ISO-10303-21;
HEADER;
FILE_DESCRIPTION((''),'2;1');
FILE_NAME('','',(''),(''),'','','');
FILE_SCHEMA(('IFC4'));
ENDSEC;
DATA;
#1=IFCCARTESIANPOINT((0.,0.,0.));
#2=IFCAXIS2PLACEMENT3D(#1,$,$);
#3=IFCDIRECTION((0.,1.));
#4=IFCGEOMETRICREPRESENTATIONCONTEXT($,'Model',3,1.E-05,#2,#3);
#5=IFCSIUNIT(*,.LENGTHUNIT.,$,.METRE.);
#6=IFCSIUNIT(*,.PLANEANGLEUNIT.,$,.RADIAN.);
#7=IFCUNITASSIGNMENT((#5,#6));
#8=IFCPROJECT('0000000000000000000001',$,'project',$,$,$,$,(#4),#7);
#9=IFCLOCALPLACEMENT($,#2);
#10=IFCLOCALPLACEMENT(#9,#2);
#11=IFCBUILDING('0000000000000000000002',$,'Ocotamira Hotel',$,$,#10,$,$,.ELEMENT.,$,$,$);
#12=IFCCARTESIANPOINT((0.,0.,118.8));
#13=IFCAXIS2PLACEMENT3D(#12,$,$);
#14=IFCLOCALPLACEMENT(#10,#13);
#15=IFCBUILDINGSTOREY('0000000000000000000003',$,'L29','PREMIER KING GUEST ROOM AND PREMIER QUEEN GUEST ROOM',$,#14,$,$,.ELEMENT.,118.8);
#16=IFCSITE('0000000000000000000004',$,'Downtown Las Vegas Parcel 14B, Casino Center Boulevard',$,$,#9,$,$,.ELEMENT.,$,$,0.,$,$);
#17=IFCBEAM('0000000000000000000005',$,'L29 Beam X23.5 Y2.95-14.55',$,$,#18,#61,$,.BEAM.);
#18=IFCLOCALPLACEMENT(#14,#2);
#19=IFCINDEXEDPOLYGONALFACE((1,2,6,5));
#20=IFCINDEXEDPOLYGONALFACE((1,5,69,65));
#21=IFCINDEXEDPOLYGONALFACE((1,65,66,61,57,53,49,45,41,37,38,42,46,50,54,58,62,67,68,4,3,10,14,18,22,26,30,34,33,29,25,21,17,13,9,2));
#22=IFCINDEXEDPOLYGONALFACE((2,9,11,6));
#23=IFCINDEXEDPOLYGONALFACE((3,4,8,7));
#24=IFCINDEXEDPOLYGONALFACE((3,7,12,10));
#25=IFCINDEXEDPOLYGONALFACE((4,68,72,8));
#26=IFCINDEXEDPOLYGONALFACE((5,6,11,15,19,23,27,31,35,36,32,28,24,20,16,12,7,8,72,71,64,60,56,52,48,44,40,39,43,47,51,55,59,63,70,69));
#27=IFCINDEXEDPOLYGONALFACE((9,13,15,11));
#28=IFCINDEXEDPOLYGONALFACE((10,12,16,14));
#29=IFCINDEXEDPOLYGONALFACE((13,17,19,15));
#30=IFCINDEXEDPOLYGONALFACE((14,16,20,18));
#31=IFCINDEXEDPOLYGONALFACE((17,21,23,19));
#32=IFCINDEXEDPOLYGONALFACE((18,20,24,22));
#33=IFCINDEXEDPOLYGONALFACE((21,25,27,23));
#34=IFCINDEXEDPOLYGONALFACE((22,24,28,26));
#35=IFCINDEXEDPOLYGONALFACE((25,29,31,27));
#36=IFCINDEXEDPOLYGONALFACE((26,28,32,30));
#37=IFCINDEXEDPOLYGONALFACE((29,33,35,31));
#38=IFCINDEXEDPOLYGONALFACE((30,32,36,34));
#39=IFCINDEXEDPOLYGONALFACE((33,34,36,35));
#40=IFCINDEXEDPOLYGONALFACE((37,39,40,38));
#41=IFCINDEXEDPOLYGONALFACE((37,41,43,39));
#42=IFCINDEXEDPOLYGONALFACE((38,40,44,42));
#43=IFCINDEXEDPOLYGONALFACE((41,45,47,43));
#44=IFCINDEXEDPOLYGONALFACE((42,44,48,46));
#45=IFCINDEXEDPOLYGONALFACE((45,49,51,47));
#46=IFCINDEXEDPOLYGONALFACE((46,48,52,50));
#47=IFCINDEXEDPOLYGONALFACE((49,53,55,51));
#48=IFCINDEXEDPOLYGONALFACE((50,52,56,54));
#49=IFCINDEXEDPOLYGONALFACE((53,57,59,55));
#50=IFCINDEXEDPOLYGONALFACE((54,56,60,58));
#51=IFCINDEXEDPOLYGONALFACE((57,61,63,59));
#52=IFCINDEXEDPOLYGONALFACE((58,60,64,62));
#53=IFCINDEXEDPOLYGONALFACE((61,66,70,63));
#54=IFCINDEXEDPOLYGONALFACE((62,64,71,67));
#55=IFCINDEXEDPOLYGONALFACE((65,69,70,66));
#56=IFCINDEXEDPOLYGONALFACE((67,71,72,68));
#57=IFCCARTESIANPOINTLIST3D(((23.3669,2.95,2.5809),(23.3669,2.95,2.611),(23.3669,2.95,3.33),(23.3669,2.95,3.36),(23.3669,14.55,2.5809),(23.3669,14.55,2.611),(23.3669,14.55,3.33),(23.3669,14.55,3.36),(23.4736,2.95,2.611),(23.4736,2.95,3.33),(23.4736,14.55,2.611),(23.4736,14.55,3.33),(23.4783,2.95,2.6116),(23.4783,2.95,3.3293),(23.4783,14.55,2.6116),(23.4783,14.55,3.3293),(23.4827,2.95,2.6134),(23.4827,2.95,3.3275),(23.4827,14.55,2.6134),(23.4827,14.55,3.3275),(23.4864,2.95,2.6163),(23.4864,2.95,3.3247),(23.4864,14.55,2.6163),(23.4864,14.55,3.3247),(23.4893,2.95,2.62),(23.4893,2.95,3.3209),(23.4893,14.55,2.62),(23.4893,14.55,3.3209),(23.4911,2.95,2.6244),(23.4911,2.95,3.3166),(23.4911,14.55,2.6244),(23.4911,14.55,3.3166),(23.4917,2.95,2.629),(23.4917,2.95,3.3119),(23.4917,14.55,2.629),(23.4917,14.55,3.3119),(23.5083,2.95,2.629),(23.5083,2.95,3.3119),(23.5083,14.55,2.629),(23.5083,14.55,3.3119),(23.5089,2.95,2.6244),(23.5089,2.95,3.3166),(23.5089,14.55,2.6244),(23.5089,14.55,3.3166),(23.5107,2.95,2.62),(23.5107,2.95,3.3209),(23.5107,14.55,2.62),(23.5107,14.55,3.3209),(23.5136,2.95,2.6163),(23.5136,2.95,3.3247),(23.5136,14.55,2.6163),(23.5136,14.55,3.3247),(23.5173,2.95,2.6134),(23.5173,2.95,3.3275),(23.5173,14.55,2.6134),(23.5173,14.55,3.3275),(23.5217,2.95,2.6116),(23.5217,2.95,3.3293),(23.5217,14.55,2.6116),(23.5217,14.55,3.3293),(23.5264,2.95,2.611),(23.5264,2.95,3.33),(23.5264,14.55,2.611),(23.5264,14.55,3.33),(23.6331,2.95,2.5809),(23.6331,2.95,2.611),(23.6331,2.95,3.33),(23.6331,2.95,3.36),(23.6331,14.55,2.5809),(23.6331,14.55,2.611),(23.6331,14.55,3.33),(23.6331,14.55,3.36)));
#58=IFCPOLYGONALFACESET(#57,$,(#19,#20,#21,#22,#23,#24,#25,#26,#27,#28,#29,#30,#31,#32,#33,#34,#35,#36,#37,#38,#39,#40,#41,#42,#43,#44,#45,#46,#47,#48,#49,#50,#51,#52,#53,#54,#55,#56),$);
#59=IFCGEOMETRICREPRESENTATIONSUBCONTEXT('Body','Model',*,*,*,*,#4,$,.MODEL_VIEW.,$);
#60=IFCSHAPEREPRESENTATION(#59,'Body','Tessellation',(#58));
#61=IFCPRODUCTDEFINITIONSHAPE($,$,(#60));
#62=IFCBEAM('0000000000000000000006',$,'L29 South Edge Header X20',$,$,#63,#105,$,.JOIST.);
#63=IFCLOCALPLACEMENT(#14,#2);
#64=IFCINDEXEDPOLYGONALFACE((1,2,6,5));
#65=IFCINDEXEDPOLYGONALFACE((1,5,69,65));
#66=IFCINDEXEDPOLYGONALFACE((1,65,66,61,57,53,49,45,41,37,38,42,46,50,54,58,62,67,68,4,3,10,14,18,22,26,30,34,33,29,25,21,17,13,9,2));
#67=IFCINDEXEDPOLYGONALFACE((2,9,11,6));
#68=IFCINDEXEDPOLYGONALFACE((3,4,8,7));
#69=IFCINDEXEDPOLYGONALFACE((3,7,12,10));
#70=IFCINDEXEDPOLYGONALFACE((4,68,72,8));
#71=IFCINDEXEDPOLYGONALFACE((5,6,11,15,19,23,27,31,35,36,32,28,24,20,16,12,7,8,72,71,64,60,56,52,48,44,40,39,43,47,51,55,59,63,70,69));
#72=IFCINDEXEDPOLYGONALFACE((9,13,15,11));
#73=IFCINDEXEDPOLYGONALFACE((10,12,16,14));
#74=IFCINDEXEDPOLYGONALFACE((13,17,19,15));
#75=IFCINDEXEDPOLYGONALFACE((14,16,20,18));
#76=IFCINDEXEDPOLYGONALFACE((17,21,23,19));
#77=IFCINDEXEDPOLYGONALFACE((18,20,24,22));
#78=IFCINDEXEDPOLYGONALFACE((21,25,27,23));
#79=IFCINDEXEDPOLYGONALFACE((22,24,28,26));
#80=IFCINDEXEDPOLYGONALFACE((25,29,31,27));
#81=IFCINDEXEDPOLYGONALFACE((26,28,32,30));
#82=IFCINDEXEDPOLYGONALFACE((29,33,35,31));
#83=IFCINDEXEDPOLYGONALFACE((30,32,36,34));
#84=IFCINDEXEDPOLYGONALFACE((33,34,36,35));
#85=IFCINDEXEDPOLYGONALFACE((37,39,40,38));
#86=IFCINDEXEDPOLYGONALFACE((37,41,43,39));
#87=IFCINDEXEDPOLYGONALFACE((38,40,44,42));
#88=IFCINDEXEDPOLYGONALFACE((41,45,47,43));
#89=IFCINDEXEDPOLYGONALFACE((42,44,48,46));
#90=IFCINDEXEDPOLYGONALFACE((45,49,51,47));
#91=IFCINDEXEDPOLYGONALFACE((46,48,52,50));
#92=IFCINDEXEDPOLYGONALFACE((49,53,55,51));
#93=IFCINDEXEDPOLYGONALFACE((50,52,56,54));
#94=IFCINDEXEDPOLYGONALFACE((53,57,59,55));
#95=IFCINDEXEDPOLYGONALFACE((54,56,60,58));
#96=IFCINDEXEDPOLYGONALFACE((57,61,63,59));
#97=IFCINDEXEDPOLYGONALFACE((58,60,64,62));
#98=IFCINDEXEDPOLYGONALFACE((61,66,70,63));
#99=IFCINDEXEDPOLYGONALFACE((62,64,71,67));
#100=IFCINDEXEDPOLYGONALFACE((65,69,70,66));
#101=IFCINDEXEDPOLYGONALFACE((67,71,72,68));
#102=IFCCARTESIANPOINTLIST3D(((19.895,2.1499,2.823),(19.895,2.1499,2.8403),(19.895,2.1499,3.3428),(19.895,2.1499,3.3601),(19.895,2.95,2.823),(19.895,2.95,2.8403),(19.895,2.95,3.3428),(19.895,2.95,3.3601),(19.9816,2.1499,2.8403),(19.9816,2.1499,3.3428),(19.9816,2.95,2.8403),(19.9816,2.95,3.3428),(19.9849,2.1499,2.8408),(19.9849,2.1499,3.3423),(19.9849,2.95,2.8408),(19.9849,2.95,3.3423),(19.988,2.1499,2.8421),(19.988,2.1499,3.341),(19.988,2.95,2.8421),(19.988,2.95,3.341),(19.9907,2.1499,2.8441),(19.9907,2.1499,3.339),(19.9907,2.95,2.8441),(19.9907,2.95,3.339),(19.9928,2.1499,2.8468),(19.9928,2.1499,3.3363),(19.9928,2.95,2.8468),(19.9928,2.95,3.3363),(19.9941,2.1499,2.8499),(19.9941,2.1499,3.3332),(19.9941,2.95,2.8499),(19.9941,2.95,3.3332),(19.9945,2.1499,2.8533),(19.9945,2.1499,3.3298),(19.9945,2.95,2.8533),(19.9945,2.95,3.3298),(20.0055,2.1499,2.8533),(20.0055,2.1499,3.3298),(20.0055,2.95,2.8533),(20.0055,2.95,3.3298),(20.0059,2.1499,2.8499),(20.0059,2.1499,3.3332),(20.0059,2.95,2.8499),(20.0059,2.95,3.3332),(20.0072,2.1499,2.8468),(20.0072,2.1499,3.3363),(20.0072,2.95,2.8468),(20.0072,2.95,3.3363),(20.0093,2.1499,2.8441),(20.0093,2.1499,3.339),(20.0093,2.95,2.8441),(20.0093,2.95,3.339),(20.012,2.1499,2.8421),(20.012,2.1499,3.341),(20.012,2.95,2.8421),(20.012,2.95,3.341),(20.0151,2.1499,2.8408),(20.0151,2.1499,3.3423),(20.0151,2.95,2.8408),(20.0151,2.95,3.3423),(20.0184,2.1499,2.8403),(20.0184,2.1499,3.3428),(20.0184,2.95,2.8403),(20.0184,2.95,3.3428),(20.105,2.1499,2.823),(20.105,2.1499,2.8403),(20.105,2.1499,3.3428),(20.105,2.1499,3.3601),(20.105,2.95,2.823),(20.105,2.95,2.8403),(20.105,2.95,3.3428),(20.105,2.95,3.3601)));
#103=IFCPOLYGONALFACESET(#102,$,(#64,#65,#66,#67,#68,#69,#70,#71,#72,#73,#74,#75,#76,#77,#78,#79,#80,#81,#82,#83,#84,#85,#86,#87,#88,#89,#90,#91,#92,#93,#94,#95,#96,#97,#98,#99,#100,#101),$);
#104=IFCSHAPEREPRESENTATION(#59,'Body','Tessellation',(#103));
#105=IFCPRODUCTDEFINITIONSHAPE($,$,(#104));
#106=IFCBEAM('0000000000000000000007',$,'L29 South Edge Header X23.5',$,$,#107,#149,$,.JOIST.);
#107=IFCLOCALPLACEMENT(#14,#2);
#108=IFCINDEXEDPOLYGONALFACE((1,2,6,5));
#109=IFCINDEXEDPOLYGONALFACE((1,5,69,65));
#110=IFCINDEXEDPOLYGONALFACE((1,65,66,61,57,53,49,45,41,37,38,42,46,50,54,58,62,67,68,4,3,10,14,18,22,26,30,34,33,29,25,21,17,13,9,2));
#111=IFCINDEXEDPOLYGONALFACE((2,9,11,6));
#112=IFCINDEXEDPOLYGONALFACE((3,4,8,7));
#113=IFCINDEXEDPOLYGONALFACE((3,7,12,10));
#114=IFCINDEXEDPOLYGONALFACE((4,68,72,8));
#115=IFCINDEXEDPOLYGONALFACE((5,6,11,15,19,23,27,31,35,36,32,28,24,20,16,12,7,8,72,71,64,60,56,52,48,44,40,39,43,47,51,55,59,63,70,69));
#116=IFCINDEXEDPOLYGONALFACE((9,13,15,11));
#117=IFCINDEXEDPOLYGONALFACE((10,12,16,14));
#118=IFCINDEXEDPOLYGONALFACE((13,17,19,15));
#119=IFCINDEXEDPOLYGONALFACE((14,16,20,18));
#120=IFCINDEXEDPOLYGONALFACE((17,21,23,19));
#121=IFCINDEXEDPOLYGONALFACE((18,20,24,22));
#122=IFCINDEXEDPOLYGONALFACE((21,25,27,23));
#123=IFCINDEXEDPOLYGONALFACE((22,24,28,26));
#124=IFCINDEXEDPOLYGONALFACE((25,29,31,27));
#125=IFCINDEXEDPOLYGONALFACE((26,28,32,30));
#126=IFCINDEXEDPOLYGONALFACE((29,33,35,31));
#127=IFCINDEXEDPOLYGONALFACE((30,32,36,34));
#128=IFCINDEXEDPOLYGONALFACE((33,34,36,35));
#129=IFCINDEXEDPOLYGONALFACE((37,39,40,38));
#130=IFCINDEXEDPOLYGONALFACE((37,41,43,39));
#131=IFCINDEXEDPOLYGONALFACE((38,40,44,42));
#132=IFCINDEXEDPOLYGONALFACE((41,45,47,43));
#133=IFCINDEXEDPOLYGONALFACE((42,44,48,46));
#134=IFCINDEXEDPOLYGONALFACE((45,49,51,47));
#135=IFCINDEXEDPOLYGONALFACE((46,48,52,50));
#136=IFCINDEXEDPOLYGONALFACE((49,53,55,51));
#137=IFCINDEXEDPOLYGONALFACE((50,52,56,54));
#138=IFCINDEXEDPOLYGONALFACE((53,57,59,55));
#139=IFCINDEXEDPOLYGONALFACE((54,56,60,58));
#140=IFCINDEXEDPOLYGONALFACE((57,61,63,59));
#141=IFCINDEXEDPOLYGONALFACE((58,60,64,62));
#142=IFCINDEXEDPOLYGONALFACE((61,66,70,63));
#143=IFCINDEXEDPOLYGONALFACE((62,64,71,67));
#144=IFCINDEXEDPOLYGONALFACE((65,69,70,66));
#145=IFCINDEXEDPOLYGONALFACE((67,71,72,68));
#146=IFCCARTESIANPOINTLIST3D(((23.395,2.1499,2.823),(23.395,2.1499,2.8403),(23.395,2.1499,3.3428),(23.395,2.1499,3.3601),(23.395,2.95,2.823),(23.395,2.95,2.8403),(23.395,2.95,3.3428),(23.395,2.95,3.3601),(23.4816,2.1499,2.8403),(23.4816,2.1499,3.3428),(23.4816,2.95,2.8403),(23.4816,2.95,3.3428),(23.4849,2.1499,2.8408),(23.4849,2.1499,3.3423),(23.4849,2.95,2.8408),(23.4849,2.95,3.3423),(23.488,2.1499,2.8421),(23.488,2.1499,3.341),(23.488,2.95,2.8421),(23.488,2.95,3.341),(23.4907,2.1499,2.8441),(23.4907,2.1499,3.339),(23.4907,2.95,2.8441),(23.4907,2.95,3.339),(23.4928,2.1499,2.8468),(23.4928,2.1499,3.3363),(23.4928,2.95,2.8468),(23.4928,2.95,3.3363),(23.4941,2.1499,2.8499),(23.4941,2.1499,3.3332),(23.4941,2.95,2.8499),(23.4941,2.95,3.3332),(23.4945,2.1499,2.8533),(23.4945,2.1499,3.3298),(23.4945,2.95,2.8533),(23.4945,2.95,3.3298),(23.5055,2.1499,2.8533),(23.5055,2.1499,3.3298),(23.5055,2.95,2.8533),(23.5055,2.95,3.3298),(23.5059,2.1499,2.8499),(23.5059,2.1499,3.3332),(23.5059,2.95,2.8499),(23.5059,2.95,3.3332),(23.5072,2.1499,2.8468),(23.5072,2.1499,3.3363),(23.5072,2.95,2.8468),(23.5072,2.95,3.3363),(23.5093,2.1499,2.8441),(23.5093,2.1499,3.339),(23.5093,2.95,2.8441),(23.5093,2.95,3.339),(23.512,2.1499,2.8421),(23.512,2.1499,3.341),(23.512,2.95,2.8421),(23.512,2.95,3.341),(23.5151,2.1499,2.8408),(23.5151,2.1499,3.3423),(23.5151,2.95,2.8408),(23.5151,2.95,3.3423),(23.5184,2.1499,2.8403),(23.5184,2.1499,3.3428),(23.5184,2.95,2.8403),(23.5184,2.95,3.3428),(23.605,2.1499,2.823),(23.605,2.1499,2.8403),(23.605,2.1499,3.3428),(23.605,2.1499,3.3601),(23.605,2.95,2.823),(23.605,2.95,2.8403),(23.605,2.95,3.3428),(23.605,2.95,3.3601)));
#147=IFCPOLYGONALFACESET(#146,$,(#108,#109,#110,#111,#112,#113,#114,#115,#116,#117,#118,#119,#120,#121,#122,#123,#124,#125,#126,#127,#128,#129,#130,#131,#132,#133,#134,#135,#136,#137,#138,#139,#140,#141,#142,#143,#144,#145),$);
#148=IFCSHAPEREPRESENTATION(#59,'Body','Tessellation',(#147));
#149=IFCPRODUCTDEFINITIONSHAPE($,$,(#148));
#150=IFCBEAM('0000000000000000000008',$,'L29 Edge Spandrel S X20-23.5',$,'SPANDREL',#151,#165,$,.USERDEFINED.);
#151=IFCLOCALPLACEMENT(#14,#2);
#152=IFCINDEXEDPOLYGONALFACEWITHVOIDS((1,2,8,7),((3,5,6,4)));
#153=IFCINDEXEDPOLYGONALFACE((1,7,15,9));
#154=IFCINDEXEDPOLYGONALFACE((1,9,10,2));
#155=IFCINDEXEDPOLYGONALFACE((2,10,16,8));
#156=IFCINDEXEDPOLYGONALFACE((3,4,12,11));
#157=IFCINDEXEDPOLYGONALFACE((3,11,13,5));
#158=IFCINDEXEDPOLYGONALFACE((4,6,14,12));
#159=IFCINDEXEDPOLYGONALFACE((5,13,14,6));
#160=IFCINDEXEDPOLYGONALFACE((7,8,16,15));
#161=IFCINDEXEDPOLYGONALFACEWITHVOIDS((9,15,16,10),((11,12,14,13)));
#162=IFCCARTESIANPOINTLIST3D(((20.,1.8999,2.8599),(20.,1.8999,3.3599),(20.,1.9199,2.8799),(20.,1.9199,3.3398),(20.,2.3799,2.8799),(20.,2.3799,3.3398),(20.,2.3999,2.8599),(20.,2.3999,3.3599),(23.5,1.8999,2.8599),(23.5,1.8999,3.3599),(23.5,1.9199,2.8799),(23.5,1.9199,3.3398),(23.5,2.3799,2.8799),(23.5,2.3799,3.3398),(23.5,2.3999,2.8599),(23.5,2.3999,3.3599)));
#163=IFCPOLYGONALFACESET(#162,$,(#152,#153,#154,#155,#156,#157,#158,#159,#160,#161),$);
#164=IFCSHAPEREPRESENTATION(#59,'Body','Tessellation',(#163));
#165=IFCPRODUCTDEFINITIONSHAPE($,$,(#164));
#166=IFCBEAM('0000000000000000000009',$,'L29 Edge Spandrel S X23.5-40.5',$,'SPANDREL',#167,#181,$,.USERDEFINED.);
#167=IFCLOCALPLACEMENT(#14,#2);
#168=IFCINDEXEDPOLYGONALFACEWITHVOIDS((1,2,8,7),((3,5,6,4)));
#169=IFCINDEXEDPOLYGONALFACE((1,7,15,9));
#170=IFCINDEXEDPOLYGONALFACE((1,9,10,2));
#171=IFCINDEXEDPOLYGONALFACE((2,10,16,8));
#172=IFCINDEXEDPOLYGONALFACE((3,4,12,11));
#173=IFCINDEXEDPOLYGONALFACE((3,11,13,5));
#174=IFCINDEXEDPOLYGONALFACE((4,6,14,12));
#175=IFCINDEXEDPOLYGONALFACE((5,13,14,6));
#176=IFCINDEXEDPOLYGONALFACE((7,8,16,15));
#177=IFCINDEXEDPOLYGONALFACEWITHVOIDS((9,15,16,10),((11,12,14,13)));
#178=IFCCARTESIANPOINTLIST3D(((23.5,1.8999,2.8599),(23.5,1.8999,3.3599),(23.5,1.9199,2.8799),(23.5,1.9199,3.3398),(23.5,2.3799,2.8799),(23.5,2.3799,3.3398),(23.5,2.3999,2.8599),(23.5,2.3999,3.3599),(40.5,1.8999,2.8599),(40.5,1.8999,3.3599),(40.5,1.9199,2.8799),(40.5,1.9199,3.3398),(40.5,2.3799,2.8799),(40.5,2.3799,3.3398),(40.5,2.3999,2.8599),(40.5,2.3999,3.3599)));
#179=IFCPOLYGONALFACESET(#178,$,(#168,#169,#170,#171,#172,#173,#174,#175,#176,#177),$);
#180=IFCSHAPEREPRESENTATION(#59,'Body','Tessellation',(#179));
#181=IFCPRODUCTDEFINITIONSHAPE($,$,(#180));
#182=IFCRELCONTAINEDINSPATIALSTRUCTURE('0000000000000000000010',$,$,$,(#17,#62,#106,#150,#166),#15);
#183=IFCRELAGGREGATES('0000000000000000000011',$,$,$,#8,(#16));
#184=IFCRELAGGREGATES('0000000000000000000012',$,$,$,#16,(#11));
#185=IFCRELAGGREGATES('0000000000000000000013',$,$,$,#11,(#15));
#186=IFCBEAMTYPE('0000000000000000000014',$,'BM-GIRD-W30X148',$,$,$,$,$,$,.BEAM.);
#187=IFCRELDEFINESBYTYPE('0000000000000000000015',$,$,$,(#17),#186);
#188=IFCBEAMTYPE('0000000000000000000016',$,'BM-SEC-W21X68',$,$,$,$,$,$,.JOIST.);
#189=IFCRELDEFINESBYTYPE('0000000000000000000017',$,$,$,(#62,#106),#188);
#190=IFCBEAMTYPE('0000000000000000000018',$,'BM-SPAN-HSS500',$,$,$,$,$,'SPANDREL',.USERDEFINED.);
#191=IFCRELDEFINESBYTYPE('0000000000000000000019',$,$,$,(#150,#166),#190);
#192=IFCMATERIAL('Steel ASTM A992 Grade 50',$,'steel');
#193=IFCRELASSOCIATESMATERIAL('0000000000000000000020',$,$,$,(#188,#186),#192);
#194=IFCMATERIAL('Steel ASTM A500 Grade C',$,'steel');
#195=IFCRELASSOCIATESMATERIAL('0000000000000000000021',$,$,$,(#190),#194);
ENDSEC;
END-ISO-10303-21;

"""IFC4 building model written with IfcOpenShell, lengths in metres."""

from ifc_helpers import new_model, si_unit, direction, frame, origin, origin_2d, place, context, subcontext, project, spatial, hollow_rectangle, i_section, extrude, source, transform, mapped, material, material_profile, profile_set, type_object, element, save


model = new_model("IFC4")

# Units and contexts
model_context = context("Model", 3, precision=1e-05, world=origin(), true_north=direction((0.0, 1.0)))
body_context = subcontext(model_context, "Body", "Model", "MODEL_VIEW")
ifc_project = project(units=[si_unit("LENGTHUNIT", "METRE"), si_unit("PLANEANGLEUNIT", "RADIAN")], contexts=[model_context])

# Site, building, storey
site_placement = place(None, origin())
site = spatial("IfcSite", under=ifc_project, at=site_placement, Name="Downtown Las Vegas Parcel 14B, Casino Center Boulevard", CompositionType="ELEMENT", RefElevation=0.0)
building_placement = place(site_placement, origin())
building = spatial("IfcBuilding", under=site, at=building_placement, Name="Ocotamira Hotel", CompositionType="ELEMENT")
storey_placement = place(building_placement, frame((0.0, 0.0, 118.8)))
storey = spatial("IfcBuildingStorey", under=building, at=storey_placement, Name="L29", Description="PREMIER KING GUEST ROOM AND PREMIER QUEEN GUEST ROOM", CompositionType="ELEMENT", Elevation=118.8)

# Beams
ifc_material_1 = material(Name="Steel ASTM A992 Grade 50", Category="steel")
ifc_material_profile_1 = material_profile(ifc_material_1, i_section(OverallWidth=0.21, OverallDepth=0.5371, WebThickness=0.011, FlangeThickness=0.0173, FilletRadius=0.0129, at=origin_2d()), Name="W21X68")
ifc_profile_set_1 = profile_set([ifc_material_profile_1], Name="Steel ASTM A992 Grade 50")
beam_type_1 = type_object("IfcBeamType", Name="BM-SEC-W21X68", PredefinedType="JOIST", material=ifc_profile_set_1)
ifc_material_profile_2 = material_profile(ifc_material_1, i_section(OverallWidth=0.2661, OverallDepth=0.7791, WebThickness=0.0166, FlangeThickness=0.03, FilletRadius=0.0181, at=origin_2d()), Name="W30X148")
ifc_profile_set_2 = profile_set([ifc_material_profile_2], Name="Steel ASTM A992 Grade 50")
beam_type_2 = type_object("IfcBeamType", Name="BM-GIRD-W30X148", PredefinedType="BEAM", material=ifc_profile_set_2)
shared_shape_1 = source(origin(), body_context, "Body", "SweptSolid", [
    extrude(i_section(OverallWidth=0.2661, OverallDepth=0.7791, WebThickness=0.0166, FlangeThickness=0.03, FilletRadius=0.0181, at=origin_2d()), origin(), (0.0, 0.0, 1.0), 11.6001),
])
beam_1_placement = place(storey_placement, frame((23.5, 2.95, 2.9705), z_axis=(0.0, 1.0, 0.0), x_axis=(-1.0, 0.0, 0.0)))
element("IfcBeam", 1, at=beam_1_placement, inside=storey, type_object=beam_type_2, Name="L29 Beam X23.5 Y2.95-14.55", PredefinedType="BEAM", context=body_context, shape_type="MappedRepresentation", body=[
    mapped(shared_shape_1, transform((0.0, 0.0, 0.0), scale=1.0)),
])
shared_shape_2 = source(origin(), body_context, "Body", "SweptSolid", [
    extrude(i_section(OverallWidth=0.21, OverallDepth=0.5371, WebThickness=0.011, FlangeThickness=0.0173, FilletRadius=0.0129, at=origin_2d()), origin(), (0.0, 0.0, 1.0), 0.8),
])
for number, where, z_axis, x_axis, name in (
    (2, (20.0, 2.95, 3.0916), (0.0, -1.0, 0.0), (1.0, 0.0, 0.0), "L29 South Edge Header X20"),
    (3, (23.5, 2.95, 3.0916), (0.0, -1.0, 0.0), (1.0, 0.0, 0.0), "L29 South Edge Header X23.5"),
):
    element("IfcBeam", number, at=place(storey_placement, frame(where, z_axis=z_axis, x_axis=x_axis)), inside=storey, type_object=beam_type_1, Name=name, PredefinedType="JOIST", context=body_context, shape_type="MappedRepresentation", body=[
        mapped(shared_shape_2, transform((0.0, 0.0, 0.0), scale=1.0)),
    ])
ifc_material_2 = material(Name="Steel ASTM A500 Grade C", Category="steel")
ifc_material_profile_3 = material_profile(ifc_material_2, hollow_rectangle(XDim=0.5, YDim=0.5, WallThickness=0.02, at=origin_2d()), Name="HSS500X500X20")
ifc_profile_set_3 = profile_set([ifc_material_profile_3], Name="Steel ASTM A500 Grade C")
beam_type_3 = type_object("IfcBeamType", Name="BM-SPAN-HSS500", ElementType="SPANDREL", PredefinedType="USERDEFINED", material=ifc_profile_set_3)
shared_shape_3 = source(origin(), body_context, "Body", "SweptSolid", [
    extrude(hollow_rectangle(XDim=0.5, YDim=0.5, WallThickness=0.02, at=origin_2d()), origin(), (0.0, 0.0, 1.0), 3.5),
])
beam_2_placement = place(storey_placement, frame((20.0, 2.1499, 3.1099), z_axis=(1.0, 0.0, 0.0), x_axis=(0.0, 1.0, 0.0)))
element("IfcBeam", 4, at=beam_2_placement, inside=storey, type_object=beam_type_3, Name="L29 Edge Spandrel S X20-23.5", ObjectType="SPANDREL", PredefinedType="USERDEFINED", context=body_context, shape_type="MappedRepresentation", body=[
    mapped(shared_shape_3, transform((0.0, 0.0, 0.0), scale=1.0)),
])
shared_shape_4 = source(origin(), body_context, "Body", "SweptSolid", [
    extrude(hollow_rectangle(XDim=0.5, YDim=0.5, WallThickness=0.02, at=origin_2d()), origin(), (0.0, 0.0, 1.0), 17.0),
])
beam_3_placement = place(storey_placement, frame((23.5, 2.1499, 3.1099), z_axis=(1.0, 0.0, 0.0), x_axis=(0.0, 1.0, 0.0)))
element("IfcBeam", 5, at=beam_3_placement, inside=storey, type_object=beam_type_3, Name="L29 Edge Spandrel S X23.5-40.5", ObjectType="SPANDREL", PredefinedType="USERDEFINED", context=body_context, shape_type="MappedRepresentation", body=[
    mapped(shared_shape_4, transform((0.0, 0.0, 0.0), scale=1.0)),
])

save(model, "model.ifc")
